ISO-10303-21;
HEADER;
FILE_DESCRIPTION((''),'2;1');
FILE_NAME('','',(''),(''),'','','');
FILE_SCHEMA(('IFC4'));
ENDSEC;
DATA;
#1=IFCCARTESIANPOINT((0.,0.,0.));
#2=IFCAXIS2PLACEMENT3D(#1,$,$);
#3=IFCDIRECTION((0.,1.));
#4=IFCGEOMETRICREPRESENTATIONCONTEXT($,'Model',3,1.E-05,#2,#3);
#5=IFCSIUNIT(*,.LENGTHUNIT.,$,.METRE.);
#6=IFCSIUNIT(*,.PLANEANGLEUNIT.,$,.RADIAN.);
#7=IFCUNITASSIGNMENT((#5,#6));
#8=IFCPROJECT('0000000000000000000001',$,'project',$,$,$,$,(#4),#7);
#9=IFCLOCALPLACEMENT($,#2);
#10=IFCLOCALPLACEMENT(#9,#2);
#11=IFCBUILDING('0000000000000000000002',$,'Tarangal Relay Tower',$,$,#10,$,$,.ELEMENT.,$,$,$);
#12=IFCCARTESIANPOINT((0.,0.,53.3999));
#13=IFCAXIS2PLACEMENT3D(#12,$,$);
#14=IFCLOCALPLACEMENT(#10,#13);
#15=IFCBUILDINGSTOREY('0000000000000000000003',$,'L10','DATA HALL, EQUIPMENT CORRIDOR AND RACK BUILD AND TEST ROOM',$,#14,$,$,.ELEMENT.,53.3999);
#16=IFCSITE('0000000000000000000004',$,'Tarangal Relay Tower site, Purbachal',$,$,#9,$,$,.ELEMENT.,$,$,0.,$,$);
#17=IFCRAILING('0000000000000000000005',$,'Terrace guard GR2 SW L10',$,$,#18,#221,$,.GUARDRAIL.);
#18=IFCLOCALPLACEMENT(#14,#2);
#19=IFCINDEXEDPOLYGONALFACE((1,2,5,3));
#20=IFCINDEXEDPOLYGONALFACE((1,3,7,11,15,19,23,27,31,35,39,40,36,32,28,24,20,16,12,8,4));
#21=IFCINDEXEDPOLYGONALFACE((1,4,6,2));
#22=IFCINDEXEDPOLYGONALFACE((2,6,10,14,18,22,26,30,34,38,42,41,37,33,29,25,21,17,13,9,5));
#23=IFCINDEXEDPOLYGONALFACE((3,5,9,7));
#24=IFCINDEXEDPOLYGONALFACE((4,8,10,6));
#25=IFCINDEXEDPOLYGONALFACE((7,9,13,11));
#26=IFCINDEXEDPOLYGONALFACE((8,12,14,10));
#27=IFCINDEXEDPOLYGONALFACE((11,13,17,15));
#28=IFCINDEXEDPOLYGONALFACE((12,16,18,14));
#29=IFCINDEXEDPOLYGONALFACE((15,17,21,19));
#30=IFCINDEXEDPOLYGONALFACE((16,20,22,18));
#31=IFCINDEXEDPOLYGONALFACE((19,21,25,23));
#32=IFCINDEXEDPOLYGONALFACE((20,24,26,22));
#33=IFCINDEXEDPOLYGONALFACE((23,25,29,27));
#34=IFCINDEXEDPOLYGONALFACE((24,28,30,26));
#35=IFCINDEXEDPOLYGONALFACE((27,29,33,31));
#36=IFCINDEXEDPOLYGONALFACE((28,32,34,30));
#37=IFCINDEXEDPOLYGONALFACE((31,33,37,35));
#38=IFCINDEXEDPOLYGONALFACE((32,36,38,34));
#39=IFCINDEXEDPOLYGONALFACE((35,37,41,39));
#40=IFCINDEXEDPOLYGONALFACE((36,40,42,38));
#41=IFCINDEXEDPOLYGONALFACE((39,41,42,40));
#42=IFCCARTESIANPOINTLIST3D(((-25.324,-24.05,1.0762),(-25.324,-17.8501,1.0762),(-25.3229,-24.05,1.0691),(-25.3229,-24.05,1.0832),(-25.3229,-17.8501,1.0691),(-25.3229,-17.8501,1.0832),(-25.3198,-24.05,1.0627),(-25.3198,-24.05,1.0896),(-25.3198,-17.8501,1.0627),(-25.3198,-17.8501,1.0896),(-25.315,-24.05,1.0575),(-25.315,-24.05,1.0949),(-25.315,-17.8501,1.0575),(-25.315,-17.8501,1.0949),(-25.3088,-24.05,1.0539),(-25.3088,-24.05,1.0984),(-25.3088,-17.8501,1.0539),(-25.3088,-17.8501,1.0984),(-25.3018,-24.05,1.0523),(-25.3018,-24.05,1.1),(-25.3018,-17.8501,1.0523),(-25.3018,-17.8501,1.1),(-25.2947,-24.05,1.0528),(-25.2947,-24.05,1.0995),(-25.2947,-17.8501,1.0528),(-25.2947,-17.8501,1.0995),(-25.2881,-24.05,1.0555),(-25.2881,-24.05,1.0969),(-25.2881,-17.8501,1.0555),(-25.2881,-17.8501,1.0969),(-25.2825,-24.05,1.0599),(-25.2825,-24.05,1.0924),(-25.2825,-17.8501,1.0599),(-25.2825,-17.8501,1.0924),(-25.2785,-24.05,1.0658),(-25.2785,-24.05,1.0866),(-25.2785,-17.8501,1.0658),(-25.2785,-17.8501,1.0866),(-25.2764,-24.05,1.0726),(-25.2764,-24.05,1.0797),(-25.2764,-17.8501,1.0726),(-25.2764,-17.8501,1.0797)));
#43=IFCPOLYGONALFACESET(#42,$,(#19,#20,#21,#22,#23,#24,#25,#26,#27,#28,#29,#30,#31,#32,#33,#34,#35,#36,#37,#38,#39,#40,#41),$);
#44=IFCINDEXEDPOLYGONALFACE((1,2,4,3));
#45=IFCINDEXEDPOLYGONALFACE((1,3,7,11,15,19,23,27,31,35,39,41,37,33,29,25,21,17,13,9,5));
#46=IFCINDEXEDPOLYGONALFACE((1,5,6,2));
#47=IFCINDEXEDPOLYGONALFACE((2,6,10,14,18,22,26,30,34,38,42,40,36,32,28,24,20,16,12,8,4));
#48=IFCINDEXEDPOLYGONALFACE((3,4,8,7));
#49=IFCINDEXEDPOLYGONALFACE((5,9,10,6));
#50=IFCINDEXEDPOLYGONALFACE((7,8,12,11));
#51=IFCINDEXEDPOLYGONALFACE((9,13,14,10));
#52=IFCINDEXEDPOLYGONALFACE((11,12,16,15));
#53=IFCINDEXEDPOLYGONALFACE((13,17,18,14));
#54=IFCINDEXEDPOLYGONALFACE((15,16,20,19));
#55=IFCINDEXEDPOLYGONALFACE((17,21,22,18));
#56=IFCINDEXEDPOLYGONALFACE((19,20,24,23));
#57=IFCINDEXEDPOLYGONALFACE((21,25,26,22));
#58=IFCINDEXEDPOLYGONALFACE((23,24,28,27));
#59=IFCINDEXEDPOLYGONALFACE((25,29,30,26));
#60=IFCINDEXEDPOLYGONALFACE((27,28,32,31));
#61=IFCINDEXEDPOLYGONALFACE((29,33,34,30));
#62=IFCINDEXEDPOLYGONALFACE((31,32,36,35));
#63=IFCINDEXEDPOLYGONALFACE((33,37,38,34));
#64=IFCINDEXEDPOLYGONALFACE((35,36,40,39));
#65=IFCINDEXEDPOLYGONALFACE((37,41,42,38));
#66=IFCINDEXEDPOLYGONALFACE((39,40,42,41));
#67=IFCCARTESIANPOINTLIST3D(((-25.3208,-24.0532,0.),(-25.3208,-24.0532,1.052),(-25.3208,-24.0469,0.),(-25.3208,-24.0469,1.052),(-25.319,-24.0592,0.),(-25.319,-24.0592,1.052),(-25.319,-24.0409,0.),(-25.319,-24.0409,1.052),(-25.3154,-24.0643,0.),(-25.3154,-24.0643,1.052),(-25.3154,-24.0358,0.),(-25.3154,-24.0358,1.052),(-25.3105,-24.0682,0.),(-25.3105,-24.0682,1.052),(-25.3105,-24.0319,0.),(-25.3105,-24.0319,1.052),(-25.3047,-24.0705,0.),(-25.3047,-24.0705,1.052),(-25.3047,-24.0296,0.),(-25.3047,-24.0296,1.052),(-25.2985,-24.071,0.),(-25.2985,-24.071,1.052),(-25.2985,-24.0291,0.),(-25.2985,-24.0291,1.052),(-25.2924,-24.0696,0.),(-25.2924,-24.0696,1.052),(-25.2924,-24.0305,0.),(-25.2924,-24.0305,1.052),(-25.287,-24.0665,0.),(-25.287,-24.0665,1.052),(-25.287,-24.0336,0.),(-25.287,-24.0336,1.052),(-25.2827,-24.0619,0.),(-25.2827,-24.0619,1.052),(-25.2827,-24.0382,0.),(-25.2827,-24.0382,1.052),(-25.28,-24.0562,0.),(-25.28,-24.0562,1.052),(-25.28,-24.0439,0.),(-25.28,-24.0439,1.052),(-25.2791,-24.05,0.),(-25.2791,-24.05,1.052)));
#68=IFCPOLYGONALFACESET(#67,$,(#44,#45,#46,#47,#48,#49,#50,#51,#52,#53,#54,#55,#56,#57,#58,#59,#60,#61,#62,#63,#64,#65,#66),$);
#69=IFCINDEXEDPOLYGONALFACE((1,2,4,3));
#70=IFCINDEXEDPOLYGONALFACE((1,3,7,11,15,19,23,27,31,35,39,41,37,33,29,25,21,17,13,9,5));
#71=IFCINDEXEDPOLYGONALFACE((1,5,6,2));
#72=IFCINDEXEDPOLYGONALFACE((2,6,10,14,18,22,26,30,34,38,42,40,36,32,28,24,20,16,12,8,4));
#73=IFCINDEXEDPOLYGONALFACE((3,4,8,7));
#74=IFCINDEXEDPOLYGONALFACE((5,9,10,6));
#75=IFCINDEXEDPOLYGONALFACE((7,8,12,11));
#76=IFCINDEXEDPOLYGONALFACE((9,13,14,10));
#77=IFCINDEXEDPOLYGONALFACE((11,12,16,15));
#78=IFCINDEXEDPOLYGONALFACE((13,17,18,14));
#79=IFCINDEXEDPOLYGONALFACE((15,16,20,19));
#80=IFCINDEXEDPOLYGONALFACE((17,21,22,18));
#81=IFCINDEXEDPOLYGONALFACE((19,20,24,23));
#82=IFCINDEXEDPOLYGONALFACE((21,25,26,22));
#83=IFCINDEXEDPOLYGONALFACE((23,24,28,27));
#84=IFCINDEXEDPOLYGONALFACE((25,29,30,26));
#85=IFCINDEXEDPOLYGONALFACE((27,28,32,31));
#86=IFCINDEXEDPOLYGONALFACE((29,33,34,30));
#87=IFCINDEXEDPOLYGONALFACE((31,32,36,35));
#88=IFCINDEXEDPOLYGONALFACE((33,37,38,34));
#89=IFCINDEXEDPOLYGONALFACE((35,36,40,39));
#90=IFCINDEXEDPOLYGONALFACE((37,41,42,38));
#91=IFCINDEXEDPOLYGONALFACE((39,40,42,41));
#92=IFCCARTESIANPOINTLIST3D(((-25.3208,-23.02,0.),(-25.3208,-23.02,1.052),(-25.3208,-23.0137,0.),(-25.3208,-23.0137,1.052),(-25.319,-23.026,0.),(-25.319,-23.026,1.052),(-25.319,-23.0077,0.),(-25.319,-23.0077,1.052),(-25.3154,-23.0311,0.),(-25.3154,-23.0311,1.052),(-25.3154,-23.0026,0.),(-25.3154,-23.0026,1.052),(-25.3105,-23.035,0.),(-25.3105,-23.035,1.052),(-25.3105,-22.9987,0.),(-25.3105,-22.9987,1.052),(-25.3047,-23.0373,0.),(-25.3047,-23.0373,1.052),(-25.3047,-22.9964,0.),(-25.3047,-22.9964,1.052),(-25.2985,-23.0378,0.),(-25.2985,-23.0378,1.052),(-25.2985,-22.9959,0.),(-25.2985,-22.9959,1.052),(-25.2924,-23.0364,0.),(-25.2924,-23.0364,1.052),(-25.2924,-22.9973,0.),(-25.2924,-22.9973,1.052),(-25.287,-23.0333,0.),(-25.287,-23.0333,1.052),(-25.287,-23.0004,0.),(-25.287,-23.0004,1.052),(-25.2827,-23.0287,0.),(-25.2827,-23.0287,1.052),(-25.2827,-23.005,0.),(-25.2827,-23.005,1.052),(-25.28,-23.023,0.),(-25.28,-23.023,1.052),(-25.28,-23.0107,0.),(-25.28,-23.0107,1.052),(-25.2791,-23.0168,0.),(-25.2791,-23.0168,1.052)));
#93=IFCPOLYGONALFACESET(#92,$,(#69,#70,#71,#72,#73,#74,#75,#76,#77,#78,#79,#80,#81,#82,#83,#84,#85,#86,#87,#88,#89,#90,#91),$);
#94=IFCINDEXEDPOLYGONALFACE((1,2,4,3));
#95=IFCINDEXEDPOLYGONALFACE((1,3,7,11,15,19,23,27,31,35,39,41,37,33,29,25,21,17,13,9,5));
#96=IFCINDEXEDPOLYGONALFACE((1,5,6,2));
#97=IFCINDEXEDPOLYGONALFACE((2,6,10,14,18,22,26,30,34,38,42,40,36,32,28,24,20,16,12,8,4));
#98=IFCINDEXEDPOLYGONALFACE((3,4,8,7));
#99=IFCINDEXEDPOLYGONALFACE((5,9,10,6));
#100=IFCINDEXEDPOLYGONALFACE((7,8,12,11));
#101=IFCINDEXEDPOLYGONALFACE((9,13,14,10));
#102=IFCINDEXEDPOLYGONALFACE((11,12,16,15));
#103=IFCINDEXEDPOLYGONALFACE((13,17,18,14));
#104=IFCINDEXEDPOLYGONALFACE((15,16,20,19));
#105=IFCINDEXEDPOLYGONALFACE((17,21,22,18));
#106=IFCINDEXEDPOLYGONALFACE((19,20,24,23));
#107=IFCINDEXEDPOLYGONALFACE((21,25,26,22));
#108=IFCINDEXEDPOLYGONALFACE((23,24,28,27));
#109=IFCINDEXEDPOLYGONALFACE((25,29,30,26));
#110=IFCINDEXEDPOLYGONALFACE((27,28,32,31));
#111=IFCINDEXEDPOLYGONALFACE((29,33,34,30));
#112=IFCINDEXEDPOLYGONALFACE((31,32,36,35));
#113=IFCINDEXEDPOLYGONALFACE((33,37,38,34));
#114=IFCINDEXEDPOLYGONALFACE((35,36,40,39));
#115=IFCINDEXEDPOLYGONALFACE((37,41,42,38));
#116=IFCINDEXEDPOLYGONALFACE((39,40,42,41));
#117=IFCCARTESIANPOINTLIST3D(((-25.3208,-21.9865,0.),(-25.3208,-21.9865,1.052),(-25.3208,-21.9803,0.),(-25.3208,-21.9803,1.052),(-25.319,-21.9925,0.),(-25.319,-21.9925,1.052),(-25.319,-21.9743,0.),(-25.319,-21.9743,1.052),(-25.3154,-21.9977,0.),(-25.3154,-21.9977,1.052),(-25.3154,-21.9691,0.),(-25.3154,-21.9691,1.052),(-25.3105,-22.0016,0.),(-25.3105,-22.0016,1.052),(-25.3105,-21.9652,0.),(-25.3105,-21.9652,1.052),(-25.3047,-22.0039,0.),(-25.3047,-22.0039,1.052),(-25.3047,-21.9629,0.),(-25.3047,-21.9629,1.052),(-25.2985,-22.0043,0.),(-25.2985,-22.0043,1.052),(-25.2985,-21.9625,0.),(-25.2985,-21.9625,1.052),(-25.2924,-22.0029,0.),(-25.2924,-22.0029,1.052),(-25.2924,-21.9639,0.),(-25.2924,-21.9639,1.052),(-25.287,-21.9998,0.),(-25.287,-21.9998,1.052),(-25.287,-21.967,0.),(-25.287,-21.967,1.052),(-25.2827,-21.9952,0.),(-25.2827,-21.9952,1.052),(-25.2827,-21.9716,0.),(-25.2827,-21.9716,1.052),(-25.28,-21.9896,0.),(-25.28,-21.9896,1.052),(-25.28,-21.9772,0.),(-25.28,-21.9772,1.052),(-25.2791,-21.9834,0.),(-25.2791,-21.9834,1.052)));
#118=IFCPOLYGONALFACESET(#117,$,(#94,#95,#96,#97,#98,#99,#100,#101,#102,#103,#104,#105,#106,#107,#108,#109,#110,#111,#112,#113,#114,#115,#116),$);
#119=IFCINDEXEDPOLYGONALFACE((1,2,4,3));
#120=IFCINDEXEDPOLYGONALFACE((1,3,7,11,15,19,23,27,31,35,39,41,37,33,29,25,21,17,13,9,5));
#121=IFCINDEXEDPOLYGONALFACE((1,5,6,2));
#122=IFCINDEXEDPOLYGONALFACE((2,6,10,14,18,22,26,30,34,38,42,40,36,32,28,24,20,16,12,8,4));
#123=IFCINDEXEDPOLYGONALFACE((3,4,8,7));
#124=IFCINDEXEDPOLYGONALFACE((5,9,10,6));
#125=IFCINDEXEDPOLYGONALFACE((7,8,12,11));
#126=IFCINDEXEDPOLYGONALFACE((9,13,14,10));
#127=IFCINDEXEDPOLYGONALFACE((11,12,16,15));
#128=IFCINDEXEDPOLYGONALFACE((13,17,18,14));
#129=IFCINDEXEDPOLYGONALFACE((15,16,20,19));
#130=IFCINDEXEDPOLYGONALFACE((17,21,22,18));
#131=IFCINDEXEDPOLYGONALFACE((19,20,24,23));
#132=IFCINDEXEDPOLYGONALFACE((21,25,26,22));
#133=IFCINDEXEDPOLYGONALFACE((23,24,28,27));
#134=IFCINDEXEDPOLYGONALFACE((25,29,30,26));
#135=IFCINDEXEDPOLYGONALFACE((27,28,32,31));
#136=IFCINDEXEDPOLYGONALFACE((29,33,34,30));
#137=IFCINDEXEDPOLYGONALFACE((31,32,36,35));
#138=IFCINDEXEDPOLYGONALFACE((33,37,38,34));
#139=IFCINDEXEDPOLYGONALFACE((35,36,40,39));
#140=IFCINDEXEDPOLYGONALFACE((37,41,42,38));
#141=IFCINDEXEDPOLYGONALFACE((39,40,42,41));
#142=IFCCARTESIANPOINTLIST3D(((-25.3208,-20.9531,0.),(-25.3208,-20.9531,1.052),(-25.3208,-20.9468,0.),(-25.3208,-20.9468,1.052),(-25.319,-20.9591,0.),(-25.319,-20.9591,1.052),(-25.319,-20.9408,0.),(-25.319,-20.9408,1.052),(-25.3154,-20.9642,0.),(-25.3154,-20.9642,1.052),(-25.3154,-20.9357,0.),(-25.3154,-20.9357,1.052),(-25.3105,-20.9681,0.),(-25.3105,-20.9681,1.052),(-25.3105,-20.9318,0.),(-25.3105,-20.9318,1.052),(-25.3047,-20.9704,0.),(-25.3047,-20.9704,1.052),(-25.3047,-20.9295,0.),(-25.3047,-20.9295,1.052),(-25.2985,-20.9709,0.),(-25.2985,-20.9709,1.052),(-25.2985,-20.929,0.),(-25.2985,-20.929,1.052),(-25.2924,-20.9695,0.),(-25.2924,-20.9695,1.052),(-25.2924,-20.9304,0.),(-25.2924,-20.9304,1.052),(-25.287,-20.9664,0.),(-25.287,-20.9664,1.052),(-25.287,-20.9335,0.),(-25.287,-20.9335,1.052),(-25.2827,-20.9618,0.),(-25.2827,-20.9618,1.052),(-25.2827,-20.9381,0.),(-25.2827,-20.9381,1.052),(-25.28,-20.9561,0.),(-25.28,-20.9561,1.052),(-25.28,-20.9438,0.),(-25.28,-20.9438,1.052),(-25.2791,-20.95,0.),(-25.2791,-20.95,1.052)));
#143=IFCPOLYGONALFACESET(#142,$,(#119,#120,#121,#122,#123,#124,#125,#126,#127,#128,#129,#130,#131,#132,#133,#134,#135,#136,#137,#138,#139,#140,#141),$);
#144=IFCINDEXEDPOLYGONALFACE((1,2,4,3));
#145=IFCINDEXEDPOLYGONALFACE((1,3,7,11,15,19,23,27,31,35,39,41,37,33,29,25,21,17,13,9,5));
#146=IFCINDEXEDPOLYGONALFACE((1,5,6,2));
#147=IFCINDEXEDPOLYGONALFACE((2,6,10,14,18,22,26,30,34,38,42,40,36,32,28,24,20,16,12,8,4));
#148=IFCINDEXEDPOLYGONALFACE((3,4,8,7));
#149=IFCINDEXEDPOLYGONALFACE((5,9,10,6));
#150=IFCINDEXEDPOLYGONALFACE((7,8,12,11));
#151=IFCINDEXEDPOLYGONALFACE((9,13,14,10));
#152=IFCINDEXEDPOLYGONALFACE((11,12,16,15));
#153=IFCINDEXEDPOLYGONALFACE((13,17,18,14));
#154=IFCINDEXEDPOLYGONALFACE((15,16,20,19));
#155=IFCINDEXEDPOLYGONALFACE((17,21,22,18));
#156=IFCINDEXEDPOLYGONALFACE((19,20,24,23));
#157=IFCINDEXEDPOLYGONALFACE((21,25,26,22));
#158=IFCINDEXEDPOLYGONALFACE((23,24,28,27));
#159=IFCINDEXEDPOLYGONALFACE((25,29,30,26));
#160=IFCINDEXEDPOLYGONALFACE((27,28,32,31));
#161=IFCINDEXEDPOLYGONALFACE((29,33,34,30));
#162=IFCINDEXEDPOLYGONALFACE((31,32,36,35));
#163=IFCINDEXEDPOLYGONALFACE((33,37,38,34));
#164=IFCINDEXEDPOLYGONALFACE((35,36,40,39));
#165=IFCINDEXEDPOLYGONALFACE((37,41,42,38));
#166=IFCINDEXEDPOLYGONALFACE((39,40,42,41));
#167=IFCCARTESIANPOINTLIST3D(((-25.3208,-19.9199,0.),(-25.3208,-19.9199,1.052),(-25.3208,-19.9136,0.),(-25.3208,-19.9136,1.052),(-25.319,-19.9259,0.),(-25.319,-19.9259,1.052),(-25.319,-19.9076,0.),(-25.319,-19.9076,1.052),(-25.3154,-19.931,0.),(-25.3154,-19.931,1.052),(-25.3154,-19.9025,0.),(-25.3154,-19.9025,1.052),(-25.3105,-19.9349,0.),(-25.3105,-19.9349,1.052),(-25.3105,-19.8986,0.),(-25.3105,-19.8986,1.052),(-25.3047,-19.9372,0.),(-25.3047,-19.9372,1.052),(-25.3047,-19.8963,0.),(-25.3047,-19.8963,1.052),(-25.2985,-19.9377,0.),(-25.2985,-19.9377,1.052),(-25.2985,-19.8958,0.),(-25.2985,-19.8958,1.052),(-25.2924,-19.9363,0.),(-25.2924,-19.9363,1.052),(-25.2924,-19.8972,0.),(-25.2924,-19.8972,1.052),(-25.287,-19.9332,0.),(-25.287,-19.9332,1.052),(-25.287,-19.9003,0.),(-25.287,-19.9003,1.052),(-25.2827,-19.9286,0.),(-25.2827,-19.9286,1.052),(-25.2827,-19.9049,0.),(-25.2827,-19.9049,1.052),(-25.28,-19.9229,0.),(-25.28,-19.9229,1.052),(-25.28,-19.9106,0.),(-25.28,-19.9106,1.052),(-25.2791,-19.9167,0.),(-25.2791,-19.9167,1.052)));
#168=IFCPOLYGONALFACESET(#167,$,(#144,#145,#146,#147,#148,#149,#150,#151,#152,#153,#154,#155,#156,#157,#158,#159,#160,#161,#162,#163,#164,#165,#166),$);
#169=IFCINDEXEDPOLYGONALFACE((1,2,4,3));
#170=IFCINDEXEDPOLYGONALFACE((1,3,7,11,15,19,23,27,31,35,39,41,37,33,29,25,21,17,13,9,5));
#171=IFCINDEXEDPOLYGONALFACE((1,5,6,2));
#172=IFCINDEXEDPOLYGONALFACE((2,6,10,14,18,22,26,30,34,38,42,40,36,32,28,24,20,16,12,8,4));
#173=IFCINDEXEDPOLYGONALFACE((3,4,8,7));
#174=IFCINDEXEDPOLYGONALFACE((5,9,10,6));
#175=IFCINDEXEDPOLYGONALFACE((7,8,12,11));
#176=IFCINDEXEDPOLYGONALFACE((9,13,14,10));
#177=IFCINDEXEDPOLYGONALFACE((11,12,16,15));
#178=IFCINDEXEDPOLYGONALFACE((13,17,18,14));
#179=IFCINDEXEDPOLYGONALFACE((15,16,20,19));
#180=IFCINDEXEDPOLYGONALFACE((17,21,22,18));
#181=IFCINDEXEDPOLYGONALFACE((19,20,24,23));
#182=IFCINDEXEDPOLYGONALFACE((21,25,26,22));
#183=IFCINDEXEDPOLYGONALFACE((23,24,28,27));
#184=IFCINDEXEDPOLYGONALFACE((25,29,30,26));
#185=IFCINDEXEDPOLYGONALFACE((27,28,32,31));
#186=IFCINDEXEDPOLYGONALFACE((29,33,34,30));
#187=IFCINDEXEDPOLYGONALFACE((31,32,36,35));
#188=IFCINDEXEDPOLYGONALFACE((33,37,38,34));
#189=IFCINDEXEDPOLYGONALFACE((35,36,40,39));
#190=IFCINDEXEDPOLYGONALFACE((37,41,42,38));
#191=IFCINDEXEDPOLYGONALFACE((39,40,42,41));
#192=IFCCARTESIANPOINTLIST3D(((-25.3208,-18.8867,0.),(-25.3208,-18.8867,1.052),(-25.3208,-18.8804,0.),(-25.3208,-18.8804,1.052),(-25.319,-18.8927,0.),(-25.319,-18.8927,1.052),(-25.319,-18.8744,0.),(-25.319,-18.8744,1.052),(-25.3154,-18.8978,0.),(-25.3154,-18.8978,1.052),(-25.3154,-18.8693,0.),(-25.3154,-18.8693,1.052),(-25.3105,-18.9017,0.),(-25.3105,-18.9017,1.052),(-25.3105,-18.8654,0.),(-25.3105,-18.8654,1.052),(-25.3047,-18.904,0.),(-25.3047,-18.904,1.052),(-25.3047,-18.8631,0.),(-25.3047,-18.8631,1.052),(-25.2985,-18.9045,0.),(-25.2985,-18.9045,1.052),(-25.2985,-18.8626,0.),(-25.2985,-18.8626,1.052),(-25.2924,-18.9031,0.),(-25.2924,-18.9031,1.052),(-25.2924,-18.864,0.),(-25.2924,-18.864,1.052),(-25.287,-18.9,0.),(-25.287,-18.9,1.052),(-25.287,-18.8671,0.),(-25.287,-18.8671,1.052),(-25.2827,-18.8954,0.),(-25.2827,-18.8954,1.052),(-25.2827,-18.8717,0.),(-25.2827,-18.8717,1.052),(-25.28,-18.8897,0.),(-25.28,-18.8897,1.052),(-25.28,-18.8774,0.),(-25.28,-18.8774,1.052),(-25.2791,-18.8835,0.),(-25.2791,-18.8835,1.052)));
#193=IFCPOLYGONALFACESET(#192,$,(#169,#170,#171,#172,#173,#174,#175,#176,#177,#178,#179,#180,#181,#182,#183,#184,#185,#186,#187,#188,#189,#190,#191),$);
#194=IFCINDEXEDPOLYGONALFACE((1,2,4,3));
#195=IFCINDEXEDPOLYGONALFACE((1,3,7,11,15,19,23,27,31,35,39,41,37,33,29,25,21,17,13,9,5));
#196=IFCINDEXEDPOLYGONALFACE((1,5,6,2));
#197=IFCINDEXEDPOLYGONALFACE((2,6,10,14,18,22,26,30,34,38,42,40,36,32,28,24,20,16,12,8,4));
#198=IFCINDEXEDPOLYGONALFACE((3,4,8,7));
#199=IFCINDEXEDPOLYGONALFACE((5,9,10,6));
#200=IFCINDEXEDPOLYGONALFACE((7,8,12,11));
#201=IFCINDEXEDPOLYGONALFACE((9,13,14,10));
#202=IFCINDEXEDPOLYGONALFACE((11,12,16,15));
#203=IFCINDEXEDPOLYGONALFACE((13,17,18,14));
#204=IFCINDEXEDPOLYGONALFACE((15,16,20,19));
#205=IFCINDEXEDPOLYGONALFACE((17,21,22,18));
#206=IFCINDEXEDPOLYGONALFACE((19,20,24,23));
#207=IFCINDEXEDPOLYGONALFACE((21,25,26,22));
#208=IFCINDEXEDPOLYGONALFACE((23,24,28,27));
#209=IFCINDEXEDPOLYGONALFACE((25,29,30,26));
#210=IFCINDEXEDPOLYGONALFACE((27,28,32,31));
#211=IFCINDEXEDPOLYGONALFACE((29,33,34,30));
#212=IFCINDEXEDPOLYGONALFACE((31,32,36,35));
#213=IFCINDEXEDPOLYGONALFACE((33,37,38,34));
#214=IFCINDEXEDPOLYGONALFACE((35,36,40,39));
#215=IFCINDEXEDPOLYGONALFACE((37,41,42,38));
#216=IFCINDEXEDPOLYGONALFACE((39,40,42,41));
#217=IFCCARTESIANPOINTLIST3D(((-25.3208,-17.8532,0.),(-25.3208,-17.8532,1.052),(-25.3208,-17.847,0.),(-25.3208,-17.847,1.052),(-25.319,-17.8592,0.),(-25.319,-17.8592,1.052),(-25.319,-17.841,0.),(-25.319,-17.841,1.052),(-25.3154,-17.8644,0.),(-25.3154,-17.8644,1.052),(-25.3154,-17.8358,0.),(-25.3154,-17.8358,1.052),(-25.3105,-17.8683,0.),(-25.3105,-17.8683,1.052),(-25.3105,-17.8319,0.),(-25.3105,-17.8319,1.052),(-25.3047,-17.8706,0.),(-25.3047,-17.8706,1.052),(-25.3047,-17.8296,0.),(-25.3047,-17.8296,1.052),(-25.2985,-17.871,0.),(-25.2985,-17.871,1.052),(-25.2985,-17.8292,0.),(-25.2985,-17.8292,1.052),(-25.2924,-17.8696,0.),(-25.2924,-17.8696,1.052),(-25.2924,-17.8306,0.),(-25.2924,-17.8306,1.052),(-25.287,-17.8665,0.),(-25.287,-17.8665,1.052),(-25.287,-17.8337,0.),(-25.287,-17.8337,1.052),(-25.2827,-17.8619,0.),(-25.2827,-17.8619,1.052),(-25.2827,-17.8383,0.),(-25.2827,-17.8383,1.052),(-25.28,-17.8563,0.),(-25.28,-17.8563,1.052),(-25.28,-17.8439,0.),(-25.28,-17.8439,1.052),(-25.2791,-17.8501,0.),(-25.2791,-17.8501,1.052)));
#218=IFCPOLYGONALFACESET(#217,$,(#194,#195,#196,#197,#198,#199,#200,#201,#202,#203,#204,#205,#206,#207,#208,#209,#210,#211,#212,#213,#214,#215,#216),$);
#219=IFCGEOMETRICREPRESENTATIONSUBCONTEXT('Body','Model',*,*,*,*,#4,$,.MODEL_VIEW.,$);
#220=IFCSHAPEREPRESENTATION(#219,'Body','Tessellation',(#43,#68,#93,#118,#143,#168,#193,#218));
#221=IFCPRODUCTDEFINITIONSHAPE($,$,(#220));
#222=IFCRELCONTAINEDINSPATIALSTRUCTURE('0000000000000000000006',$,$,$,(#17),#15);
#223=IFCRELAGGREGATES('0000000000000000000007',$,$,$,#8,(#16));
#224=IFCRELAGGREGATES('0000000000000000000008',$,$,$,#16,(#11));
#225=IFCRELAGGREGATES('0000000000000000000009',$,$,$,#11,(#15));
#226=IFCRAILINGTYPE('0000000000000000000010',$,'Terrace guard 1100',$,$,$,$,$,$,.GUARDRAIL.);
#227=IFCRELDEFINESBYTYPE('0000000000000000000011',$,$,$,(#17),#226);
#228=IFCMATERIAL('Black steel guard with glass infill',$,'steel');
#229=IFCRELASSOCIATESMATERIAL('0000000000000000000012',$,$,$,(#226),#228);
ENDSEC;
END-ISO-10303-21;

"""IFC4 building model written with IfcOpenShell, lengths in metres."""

from ifc_helpers import new_model, si_unit, direction, frame, origin, origin_2d, place, context, subcontext, project, spatial, circle, extrude, material, type_object, element, save


model = new_model("IFC4")

# Units and contexts
model_context = context("Model", 3, precision=1e-05, world=origin(), true_north=direction((0.0, 1.0)))
body_context = subcontext(model_context, "Body", "Model", "MODEL_VIEW")
ifc_project = project(units=[si_unit("LENGTHUNIT", "METRE"), si_unit("PLANEANGLEUNIT", "RADIAN")], contexts=[model_context])

# Site, building, storey
site_placement = place(None, origin())
site = spatial("IfcSite", under=ifc_project, at=site_placement, Name="Tarangal Relay Tower site, Purbachal", CompositionType="ELEMENT", RefElevation=0.0)
building_placement = place(site_placement, origin())
building = spatial("IfcBuilding", under=site, at=building_placement, Name="Tarangal Relay Tower", CompositionType="ELEMENT")
storey_placement = place(building_placement, frame((0.0, 0.0, 53.3999)))
storey = spatial("IfcBuildingStorey", under=building, at=storey_placement, Name="L10", Description="DATA HALL, EQUIPMENT CORRIDOR AND RACK BUILD AND TEST ROOM", CompositionType="ELEMENT", Elevation=53.3999)

# Railing
ifc_material_1 = material(Name="Black steel guard with glass infill", Category="steel")
railing_type = type_object("IfcRailingType", Name="Terrace guard 1100", PredefinedType="GUARDRAIL", material=ifc_material_1)
railing_1_placement = place(storey_placement, frame((-25.3, -24.05, 0.0)))
element("IfcRailing", 1, at=railing_1_placement, inside=storey, type_object=railing_type, Name="Terrace guard GR2 SW L10", PredefinedType="GUARDRAIL", context=body_context, shape_type="SweptSolid", body=[
    extrude(circle(Radius=0.0239, at=origin_2d()), frame((0.0, 0.0, 1.0762), z_axis=(0.0, 1.0, 0.0), x_axis=(-1.0, 0.0, 0.0)), (0.0, 0.0, 1.0), 6.2),
    extrude(circle(Radius=0.021, at=origin_2d()), origin(), (0.0, 0.0, 1.0), 1.052),
    extrude(circle(Radius=0.021, at=origin_2d()), frame((0.0, 1.0332, 0.0)), (0.0, 0.0, 1.0), 1.052),
    extrude(circle(Radius=0.021, at=origin_2d()), frame((0.0, 2.0667, 0.0)), (0.0, 0.0, 1.0), 1.052),
    extrude(circle(Radius=0.021, at=origin_2d()), frame((0.0, 3.1001, 0.0)), (0.0, 0.0, 1.0), 1.052),
    extrude(circle(Radius=0.021, at=origin_2d()), frame((0.0, 4.1333, 0.0)), (0.0, 0.0, 1.0), 1.052),
    extrude(circle(Radius=0.021, at=origin_2d()), frame((0.0, 5.1665, 0.0)), (0.0, 0.0, 1.0), 1.052),
    extrude(circle(Radius=0.021, at=origin_2d()), frame((0.0, 6.2, 0.0)), (0.0, 0.0, 1.0), 1.052),
])

save(model, "model.ifc")
